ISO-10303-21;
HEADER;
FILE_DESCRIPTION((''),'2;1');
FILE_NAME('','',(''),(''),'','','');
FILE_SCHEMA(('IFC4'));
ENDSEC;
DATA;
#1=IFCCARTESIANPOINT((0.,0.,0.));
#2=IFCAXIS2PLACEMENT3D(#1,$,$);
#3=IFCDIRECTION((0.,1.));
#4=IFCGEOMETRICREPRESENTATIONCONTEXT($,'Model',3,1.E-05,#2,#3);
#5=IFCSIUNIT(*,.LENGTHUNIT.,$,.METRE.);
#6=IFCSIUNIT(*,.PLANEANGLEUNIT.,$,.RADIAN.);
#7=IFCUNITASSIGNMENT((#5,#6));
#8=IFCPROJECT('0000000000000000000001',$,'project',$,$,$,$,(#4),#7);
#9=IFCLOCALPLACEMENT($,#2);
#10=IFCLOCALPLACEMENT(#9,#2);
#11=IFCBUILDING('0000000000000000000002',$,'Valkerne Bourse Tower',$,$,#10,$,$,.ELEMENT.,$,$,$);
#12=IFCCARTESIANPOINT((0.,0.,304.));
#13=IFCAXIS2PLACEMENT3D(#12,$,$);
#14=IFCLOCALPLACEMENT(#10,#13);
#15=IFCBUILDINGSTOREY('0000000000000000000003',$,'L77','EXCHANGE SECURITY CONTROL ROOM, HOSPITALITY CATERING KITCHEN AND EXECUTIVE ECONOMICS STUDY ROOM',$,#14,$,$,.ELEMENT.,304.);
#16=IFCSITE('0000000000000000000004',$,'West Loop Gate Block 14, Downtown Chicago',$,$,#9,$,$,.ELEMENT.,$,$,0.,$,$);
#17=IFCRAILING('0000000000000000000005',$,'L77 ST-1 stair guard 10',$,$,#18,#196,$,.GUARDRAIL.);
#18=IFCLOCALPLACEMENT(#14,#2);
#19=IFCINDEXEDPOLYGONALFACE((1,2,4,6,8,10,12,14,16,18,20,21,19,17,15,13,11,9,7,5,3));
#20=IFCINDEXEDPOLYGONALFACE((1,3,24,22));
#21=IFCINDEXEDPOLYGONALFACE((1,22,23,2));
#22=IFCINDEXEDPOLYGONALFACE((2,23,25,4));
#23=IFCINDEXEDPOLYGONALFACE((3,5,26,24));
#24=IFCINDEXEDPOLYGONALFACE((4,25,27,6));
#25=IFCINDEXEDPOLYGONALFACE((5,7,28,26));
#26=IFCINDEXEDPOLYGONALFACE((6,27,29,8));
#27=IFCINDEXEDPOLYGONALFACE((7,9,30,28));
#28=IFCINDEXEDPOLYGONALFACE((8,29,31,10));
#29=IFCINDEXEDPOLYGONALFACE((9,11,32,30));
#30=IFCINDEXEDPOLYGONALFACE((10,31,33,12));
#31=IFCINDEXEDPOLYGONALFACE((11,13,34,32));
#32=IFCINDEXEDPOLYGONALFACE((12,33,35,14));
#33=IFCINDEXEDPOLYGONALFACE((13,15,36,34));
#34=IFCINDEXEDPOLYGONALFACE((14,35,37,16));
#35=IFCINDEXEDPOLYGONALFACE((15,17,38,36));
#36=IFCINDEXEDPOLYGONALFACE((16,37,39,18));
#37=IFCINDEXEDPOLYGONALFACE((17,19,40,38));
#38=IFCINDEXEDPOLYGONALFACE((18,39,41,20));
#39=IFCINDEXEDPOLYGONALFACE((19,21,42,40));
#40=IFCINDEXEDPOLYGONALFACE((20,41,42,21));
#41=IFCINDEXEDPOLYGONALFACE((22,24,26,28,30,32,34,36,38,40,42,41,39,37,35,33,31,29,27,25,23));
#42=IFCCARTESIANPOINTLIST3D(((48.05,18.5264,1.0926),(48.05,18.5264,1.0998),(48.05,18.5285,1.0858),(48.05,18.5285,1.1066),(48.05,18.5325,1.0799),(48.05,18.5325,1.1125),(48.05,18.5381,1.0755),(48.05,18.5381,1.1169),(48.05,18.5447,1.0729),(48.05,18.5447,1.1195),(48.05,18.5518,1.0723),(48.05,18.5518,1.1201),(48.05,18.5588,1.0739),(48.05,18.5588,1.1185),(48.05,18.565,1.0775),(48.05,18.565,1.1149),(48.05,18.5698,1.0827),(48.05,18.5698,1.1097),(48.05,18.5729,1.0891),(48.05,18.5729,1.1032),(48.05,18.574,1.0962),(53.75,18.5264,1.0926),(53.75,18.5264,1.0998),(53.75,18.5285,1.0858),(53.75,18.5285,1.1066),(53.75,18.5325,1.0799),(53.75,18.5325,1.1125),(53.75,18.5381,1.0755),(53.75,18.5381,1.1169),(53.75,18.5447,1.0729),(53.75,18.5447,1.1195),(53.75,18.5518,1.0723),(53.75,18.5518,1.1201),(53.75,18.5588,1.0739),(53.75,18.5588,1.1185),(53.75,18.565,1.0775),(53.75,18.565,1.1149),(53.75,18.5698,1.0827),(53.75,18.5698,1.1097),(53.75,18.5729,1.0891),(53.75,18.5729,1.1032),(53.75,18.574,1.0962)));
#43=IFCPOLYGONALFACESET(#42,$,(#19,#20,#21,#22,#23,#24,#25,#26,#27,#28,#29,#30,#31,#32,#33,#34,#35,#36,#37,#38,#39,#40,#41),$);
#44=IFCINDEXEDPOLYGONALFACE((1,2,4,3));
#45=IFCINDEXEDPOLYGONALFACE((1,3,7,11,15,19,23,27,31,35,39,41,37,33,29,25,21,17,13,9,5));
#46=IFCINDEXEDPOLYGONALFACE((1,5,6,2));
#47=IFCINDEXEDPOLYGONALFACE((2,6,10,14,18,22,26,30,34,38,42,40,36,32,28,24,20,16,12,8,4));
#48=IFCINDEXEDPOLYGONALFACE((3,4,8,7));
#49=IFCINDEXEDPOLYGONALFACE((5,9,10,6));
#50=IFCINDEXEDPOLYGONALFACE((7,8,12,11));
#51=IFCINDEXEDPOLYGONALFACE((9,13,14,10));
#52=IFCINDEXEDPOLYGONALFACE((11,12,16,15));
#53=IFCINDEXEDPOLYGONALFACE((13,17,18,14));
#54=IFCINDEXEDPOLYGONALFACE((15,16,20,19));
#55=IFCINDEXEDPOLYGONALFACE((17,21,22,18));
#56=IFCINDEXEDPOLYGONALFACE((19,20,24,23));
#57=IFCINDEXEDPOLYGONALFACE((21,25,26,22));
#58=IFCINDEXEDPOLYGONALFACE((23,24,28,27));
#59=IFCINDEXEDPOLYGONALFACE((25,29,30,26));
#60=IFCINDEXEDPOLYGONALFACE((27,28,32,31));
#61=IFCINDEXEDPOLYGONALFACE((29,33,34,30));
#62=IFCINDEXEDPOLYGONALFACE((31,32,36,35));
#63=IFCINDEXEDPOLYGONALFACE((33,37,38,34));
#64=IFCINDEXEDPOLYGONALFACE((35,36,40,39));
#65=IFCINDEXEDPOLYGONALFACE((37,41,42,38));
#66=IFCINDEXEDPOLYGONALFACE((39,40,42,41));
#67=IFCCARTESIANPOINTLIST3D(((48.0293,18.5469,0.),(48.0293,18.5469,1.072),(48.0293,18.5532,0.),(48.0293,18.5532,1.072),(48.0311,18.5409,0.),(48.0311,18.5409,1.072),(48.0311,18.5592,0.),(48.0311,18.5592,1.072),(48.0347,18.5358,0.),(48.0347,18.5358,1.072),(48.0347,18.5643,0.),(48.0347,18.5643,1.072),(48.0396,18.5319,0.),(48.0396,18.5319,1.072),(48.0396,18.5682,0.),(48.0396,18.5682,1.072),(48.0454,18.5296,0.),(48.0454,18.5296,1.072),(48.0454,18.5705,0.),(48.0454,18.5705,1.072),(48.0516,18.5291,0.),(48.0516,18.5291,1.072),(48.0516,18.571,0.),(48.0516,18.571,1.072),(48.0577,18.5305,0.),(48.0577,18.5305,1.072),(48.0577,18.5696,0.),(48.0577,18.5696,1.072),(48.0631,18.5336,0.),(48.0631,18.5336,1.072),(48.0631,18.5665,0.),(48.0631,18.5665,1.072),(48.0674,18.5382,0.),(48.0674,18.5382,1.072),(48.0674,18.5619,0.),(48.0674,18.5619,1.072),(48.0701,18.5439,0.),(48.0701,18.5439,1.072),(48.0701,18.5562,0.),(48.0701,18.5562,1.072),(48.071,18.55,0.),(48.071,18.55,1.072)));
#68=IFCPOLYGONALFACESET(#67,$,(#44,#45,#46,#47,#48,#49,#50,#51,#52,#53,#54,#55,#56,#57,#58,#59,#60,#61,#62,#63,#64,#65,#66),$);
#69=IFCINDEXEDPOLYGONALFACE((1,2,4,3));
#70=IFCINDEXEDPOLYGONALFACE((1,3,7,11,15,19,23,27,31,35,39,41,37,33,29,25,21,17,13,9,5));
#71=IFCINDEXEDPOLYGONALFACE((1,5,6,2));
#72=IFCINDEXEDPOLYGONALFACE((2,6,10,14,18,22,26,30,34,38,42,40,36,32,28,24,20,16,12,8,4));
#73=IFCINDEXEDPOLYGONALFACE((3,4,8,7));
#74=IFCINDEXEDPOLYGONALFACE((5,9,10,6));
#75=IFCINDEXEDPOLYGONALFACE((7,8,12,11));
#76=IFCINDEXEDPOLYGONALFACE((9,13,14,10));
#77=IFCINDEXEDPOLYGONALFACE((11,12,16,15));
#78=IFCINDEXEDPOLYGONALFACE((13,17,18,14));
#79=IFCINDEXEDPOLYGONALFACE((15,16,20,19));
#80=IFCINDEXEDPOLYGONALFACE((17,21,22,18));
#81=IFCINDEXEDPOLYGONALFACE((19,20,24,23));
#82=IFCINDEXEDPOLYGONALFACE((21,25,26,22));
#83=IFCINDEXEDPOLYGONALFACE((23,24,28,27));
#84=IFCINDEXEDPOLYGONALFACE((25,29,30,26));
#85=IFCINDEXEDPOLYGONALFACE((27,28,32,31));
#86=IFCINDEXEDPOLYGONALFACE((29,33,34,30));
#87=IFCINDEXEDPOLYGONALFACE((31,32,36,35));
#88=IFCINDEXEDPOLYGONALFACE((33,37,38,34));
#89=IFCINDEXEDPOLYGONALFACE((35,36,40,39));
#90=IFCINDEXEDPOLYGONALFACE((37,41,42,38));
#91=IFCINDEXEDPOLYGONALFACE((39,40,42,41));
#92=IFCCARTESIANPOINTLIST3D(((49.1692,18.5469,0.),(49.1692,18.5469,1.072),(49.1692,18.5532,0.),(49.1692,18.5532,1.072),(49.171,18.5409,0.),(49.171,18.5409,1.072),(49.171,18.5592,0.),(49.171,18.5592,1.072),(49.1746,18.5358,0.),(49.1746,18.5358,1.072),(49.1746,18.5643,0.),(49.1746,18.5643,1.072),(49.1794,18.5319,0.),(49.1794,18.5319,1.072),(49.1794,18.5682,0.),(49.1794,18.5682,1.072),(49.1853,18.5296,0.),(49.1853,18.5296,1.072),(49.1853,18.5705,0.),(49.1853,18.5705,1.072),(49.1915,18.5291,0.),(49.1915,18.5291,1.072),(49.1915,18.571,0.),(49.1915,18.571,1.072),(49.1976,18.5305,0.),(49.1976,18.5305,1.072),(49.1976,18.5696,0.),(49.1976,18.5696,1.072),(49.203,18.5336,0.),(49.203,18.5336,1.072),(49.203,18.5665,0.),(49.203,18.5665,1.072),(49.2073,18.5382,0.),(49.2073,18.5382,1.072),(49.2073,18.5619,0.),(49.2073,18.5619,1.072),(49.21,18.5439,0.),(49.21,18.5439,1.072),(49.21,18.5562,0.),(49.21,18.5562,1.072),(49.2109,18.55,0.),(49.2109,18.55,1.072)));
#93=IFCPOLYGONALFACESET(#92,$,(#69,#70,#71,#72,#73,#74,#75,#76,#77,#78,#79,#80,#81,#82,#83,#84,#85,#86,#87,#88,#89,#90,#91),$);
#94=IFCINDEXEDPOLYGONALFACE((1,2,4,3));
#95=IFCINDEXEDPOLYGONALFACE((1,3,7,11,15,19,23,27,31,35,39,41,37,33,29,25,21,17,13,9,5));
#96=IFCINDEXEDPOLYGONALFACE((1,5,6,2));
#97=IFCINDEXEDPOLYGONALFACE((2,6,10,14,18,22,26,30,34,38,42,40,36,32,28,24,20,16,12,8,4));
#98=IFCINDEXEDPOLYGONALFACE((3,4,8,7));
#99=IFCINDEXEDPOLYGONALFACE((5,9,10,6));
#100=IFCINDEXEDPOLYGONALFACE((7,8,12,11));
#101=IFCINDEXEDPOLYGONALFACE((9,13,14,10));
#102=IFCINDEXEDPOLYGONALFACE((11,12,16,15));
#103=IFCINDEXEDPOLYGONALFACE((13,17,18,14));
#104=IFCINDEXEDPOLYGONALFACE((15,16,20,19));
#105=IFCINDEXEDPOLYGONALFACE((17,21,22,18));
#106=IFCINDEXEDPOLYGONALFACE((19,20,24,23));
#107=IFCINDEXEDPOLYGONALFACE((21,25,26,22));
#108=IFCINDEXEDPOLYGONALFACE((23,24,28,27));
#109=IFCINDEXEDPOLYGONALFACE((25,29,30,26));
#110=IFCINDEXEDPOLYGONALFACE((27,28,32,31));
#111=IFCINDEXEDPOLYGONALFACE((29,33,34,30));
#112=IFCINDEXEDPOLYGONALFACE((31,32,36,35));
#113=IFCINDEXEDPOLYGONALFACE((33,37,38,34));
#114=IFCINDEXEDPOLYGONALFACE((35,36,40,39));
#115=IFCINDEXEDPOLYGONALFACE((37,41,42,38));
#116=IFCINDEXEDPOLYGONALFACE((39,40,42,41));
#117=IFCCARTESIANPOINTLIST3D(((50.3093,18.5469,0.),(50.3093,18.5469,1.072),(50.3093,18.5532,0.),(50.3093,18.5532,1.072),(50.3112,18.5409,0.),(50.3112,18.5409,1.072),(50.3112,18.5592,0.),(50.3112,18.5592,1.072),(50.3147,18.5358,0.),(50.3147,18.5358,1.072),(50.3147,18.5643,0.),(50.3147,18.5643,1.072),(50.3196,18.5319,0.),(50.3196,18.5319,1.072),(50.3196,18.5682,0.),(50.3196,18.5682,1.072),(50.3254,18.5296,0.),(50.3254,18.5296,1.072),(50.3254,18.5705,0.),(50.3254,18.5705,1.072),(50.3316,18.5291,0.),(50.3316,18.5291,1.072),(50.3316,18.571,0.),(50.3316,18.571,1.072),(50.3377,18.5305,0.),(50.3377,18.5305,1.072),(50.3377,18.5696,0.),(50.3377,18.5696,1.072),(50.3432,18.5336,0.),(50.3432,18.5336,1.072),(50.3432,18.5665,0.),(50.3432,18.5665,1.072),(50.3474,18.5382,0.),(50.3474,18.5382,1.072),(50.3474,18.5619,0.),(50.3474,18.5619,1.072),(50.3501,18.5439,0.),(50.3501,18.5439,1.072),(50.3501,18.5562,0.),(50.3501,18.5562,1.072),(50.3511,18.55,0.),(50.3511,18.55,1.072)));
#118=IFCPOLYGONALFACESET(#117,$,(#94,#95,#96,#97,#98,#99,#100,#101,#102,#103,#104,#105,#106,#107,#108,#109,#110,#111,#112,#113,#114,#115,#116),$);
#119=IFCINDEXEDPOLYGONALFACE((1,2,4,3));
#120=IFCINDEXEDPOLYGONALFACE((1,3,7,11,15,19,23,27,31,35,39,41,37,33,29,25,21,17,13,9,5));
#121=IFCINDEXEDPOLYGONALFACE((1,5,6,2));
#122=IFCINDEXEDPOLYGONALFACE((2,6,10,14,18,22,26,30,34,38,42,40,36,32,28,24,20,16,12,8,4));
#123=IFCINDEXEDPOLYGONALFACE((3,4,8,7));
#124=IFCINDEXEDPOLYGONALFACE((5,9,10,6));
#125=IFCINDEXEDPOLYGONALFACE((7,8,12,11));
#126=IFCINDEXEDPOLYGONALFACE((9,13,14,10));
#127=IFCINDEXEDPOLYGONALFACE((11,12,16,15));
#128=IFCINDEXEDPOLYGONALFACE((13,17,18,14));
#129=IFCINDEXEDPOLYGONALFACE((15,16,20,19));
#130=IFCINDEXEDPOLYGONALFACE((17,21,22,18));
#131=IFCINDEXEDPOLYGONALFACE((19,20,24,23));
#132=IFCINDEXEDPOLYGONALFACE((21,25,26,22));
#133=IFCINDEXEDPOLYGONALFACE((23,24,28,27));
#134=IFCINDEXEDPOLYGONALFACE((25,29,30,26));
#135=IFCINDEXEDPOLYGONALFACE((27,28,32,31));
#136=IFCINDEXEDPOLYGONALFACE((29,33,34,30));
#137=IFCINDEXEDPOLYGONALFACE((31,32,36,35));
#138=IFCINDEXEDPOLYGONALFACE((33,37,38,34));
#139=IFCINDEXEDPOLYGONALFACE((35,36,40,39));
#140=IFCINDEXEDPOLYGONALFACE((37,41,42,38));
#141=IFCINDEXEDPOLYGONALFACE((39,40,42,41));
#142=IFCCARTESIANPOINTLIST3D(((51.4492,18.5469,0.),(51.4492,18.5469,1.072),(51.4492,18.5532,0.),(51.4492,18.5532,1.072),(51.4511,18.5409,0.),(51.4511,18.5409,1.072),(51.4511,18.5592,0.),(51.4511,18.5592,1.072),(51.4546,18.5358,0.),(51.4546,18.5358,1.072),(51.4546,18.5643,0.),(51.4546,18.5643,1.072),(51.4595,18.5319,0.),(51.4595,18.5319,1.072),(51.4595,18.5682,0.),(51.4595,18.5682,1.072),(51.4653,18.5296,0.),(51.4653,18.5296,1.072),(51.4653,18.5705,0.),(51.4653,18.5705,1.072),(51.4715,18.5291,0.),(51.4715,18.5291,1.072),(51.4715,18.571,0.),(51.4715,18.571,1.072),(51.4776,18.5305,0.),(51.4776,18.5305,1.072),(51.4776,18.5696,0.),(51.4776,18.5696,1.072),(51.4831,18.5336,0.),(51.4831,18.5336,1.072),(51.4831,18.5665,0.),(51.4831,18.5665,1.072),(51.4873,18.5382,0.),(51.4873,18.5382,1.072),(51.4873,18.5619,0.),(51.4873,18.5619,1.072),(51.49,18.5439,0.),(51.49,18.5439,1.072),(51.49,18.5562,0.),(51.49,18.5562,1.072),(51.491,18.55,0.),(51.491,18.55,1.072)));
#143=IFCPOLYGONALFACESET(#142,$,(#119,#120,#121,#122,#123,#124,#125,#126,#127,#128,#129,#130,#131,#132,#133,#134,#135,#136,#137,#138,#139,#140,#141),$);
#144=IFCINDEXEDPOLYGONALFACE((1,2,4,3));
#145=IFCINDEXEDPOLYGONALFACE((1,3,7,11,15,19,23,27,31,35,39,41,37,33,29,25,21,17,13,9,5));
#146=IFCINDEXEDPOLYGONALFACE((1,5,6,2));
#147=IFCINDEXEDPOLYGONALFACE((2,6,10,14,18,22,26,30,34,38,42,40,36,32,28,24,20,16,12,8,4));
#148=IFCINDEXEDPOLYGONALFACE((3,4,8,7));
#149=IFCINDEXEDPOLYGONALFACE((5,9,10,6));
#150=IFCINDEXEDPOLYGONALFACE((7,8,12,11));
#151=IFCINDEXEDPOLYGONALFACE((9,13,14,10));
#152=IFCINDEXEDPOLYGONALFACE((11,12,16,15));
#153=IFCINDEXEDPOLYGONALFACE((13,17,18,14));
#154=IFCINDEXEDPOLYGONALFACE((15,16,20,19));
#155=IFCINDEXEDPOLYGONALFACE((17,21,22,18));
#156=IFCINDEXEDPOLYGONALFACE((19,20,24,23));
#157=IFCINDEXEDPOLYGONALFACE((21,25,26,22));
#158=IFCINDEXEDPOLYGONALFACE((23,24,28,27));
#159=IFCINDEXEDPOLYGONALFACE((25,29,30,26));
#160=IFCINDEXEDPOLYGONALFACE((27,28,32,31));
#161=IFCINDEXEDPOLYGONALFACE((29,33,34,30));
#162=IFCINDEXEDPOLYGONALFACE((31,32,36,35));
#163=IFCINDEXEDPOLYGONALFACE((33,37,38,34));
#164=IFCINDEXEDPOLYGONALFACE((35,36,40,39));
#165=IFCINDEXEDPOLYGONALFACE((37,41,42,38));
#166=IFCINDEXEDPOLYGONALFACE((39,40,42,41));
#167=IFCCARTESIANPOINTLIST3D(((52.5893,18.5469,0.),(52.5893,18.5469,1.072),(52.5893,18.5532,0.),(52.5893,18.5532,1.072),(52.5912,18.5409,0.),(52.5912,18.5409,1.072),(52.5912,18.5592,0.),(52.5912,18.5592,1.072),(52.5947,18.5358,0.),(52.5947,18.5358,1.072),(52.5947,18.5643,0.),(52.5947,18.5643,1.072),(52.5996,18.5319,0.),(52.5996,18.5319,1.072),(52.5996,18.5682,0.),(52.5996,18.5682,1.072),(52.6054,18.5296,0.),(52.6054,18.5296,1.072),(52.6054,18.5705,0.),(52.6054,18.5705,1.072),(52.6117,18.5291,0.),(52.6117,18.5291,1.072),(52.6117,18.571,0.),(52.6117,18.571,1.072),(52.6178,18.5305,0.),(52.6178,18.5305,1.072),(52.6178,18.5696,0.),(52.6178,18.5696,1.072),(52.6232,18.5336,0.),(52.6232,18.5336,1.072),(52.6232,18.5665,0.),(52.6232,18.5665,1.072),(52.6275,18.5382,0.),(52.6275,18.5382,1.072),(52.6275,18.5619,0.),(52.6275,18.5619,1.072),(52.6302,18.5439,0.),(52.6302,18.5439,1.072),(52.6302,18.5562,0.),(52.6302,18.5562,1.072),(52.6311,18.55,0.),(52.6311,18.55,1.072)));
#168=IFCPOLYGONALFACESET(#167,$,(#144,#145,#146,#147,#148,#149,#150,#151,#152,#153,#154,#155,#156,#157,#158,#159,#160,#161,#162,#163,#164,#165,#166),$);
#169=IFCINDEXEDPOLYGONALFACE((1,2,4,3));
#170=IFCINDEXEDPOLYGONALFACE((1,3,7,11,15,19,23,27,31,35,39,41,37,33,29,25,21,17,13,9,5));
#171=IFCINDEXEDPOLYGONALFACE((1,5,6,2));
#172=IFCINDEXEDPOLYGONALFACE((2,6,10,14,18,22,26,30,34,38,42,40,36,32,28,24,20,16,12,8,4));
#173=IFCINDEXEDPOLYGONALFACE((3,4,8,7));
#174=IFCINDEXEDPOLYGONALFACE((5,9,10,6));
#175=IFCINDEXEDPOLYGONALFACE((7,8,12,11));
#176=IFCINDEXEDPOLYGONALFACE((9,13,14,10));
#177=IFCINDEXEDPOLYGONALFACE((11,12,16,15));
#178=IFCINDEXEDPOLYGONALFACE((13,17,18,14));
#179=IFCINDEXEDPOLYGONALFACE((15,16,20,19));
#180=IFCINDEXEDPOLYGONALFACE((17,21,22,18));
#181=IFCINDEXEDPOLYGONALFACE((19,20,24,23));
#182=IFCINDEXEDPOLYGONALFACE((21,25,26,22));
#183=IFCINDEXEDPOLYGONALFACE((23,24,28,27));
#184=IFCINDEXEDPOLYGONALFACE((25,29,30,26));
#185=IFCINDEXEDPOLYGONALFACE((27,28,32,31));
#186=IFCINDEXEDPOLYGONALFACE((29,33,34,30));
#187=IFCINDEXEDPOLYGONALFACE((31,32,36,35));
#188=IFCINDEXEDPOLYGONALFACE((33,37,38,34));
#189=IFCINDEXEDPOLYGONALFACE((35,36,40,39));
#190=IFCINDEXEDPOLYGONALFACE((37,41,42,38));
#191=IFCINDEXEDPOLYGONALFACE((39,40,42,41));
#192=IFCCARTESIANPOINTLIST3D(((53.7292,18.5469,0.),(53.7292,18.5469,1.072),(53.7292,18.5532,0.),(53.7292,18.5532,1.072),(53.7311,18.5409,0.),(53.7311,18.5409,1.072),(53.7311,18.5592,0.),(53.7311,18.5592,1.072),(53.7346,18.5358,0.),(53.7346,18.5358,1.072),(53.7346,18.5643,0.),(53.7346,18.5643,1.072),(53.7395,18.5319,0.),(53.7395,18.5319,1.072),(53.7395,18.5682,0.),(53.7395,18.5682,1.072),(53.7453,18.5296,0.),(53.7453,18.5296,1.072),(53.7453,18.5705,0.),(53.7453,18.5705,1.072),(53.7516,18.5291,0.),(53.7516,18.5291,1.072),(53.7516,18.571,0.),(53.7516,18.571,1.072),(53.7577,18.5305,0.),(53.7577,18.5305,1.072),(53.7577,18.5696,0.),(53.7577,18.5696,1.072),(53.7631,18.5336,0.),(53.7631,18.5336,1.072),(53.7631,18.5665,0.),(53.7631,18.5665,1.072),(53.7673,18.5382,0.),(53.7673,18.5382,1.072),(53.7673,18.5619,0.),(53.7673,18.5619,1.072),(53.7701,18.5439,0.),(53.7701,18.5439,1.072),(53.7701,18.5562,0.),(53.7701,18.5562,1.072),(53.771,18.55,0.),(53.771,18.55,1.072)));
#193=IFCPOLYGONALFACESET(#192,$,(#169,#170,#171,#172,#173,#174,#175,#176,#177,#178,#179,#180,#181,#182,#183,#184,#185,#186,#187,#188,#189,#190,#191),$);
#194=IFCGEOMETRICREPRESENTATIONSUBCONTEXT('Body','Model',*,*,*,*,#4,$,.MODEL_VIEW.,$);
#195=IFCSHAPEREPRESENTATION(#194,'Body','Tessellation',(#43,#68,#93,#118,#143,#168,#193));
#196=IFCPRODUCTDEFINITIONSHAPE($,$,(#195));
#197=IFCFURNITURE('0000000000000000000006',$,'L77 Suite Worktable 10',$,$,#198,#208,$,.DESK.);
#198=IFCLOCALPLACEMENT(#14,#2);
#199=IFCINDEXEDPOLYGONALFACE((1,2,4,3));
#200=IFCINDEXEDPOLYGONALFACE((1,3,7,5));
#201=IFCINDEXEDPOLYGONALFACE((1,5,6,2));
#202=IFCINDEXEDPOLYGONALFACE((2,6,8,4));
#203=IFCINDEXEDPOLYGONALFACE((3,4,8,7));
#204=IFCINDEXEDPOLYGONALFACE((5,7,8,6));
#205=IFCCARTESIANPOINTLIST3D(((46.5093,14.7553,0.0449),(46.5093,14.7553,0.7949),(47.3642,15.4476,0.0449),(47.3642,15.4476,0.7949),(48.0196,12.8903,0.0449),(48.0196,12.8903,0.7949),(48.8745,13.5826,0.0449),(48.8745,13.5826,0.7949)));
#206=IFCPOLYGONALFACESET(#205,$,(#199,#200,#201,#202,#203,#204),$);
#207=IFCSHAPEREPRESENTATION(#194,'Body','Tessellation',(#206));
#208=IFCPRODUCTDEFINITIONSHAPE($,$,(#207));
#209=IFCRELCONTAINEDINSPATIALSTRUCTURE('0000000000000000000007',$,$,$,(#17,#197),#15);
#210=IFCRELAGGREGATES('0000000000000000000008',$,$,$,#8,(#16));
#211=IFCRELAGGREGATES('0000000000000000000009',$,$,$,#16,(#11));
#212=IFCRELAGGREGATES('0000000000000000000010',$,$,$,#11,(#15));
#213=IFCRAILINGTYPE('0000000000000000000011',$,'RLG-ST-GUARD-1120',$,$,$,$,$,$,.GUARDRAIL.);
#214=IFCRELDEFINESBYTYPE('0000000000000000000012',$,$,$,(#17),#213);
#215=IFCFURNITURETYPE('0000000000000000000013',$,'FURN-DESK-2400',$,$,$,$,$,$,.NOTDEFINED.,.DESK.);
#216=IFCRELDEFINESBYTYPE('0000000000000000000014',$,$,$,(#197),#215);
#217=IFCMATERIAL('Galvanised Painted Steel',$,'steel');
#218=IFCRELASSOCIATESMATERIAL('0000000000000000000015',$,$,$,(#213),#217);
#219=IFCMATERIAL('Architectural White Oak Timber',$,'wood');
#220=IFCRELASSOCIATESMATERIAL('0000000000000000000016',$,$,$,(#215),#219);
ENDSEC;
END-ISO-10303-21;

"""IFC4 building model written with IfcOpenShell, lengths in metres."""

from ifc_helpers import new_model, si_unit, direction, frame, origin, origin_2d, place, context, subcontext, project, spatial, rectangle, circle, extrude, material, type_object, element, save


model = new_model("IFC4")

# Units and contexts
model_context = context("Model", 3, precision=1e-05, world=origin(), true_north=direction((0.0, 1.0)))
body_context = subcontext(model_context, "Body", "Model", "MODEL_VIEW")
ifc_project = project(units=[si_unit("LENGTHUNIT", "METRE"), si_unit("PLANEANGLEUNIT", "RADIAN")], contexts=[model_context])

# Site, building, storey
site_placement = place(None, origin())
site = spatial("IfcSite", under=ifc_project, at=site_placement, Name="West Loop Gate Block 14, Downtown Chicago", CompositionType="ELEMENT", RefElevation=0.0)
building_placement = place(site_placement, origin())
building = spatial("IfcBuilding", under=site, at=building_placement, Name="Valkerne Bourse Tower", CompositionType="ELEMENT")
storey_placement = place(building_placement, frame((0.0, 0.0, 304.0)))
storey = spatial("IfcBuildingStorey", under=building, at=storey_placement, Name="L77", Description="EXCHANGE SECURITY CONTROL ROOM, HOSPITALITY CATERING KITCHEN AND EXECUTIVE ECONOMICS STUDY ROOM", CompositionType="ELEMENT", Elevation=304.0)

# Railing
ifc_material_1 = material(Name="Galvanised Painted Steel", Category="steel")
railing_type = type_object("IfcRailingType", Name="RLG-ST-GUARD-1120", PredefinedType="GUARDRAIL", material=ifc_material_1)
railing_placement = place(storey_placement, frame((48.05, 18.55, 0.0)))
element("IfcRailing", 1, at=railing_placement, inside=storey, type_object=railing_type, Name="L77 ST-1 stair guard 10", PredefinedType="GUARDRAIL", context=body_context, shape_type="SweptSolid", body=[
    extrude(circle(Radius=0.0239, at=origin_2d()), frame((0.0, 0.0, 1.0962), z_axis=(1.0, 0.0, 0.0), x_axis=(0.0, 1.0, 0.0)), (0.0, 0.0, 1.0), 5.7),
    extrude(circle(Radius=0.021, at=origin_2d()), origin(), (0.0, 0.0, 1.0), 1.072),
    extrude(circle(Radius=0.021, at=origin_2d()), frame((1.1399, 0.0, 0.0)), (0.0, 0.0, 1.0), 1.072),
    extrude(circle(Radius=0.021, at=origin_2d()), frame((2.28, 0.0, 0.0)), (0.0, 0.0, 1.0), 1.072),
    extrude(circle(Radius=0.021, at=origin_2d()), frame((3.4199, 0.0, 0.0)), (0.0, 0.0, 1.0), 1.072),
    extrude(circle(Radius=0.021, at=origin_2d()), frame((4.5601, 0.0, 0.0)), (0.0, 0.0, 1.0), 1.072),
    extrude(circle(Radius=0.021, at=origin_2d()), frame((5.7, 0.0, 0.0)), (0.0, 0.0, 1.0), 1.072),
])

# Furniture
ifc_material_2 = material(Name="Architectural White Oak Timber", Category="wood")
furniture_type = type_object("IfcFurnitureType", Name="FURN-DESK-2400", AssemblyPlace="NOTDEFINED", PredefinedType="DESK", material=ifc_material_2)
furniture_placement = place(storey_placement, frame((47.6919, 14.1689, 0.0449), z_axis=(0.0, 0.0, 1.0), x_axis=(-0.62932, 0.777146, 0.0)))
element("IfcFurniture", 2, at=furniture_placement, inside=storey, type_object=furniture_type, Name="L77 Suite Worktable 10", PredefinedType="DESK", context=body_context, shape_type="SweptSolid", body=[
    extrude(rectangle(XDim=2.3999, YDim=1.1001, at=origin_2d()), origin(), (0.0, 0.0, 1.0), 0.75),
])

save(model, "model.ifc")
